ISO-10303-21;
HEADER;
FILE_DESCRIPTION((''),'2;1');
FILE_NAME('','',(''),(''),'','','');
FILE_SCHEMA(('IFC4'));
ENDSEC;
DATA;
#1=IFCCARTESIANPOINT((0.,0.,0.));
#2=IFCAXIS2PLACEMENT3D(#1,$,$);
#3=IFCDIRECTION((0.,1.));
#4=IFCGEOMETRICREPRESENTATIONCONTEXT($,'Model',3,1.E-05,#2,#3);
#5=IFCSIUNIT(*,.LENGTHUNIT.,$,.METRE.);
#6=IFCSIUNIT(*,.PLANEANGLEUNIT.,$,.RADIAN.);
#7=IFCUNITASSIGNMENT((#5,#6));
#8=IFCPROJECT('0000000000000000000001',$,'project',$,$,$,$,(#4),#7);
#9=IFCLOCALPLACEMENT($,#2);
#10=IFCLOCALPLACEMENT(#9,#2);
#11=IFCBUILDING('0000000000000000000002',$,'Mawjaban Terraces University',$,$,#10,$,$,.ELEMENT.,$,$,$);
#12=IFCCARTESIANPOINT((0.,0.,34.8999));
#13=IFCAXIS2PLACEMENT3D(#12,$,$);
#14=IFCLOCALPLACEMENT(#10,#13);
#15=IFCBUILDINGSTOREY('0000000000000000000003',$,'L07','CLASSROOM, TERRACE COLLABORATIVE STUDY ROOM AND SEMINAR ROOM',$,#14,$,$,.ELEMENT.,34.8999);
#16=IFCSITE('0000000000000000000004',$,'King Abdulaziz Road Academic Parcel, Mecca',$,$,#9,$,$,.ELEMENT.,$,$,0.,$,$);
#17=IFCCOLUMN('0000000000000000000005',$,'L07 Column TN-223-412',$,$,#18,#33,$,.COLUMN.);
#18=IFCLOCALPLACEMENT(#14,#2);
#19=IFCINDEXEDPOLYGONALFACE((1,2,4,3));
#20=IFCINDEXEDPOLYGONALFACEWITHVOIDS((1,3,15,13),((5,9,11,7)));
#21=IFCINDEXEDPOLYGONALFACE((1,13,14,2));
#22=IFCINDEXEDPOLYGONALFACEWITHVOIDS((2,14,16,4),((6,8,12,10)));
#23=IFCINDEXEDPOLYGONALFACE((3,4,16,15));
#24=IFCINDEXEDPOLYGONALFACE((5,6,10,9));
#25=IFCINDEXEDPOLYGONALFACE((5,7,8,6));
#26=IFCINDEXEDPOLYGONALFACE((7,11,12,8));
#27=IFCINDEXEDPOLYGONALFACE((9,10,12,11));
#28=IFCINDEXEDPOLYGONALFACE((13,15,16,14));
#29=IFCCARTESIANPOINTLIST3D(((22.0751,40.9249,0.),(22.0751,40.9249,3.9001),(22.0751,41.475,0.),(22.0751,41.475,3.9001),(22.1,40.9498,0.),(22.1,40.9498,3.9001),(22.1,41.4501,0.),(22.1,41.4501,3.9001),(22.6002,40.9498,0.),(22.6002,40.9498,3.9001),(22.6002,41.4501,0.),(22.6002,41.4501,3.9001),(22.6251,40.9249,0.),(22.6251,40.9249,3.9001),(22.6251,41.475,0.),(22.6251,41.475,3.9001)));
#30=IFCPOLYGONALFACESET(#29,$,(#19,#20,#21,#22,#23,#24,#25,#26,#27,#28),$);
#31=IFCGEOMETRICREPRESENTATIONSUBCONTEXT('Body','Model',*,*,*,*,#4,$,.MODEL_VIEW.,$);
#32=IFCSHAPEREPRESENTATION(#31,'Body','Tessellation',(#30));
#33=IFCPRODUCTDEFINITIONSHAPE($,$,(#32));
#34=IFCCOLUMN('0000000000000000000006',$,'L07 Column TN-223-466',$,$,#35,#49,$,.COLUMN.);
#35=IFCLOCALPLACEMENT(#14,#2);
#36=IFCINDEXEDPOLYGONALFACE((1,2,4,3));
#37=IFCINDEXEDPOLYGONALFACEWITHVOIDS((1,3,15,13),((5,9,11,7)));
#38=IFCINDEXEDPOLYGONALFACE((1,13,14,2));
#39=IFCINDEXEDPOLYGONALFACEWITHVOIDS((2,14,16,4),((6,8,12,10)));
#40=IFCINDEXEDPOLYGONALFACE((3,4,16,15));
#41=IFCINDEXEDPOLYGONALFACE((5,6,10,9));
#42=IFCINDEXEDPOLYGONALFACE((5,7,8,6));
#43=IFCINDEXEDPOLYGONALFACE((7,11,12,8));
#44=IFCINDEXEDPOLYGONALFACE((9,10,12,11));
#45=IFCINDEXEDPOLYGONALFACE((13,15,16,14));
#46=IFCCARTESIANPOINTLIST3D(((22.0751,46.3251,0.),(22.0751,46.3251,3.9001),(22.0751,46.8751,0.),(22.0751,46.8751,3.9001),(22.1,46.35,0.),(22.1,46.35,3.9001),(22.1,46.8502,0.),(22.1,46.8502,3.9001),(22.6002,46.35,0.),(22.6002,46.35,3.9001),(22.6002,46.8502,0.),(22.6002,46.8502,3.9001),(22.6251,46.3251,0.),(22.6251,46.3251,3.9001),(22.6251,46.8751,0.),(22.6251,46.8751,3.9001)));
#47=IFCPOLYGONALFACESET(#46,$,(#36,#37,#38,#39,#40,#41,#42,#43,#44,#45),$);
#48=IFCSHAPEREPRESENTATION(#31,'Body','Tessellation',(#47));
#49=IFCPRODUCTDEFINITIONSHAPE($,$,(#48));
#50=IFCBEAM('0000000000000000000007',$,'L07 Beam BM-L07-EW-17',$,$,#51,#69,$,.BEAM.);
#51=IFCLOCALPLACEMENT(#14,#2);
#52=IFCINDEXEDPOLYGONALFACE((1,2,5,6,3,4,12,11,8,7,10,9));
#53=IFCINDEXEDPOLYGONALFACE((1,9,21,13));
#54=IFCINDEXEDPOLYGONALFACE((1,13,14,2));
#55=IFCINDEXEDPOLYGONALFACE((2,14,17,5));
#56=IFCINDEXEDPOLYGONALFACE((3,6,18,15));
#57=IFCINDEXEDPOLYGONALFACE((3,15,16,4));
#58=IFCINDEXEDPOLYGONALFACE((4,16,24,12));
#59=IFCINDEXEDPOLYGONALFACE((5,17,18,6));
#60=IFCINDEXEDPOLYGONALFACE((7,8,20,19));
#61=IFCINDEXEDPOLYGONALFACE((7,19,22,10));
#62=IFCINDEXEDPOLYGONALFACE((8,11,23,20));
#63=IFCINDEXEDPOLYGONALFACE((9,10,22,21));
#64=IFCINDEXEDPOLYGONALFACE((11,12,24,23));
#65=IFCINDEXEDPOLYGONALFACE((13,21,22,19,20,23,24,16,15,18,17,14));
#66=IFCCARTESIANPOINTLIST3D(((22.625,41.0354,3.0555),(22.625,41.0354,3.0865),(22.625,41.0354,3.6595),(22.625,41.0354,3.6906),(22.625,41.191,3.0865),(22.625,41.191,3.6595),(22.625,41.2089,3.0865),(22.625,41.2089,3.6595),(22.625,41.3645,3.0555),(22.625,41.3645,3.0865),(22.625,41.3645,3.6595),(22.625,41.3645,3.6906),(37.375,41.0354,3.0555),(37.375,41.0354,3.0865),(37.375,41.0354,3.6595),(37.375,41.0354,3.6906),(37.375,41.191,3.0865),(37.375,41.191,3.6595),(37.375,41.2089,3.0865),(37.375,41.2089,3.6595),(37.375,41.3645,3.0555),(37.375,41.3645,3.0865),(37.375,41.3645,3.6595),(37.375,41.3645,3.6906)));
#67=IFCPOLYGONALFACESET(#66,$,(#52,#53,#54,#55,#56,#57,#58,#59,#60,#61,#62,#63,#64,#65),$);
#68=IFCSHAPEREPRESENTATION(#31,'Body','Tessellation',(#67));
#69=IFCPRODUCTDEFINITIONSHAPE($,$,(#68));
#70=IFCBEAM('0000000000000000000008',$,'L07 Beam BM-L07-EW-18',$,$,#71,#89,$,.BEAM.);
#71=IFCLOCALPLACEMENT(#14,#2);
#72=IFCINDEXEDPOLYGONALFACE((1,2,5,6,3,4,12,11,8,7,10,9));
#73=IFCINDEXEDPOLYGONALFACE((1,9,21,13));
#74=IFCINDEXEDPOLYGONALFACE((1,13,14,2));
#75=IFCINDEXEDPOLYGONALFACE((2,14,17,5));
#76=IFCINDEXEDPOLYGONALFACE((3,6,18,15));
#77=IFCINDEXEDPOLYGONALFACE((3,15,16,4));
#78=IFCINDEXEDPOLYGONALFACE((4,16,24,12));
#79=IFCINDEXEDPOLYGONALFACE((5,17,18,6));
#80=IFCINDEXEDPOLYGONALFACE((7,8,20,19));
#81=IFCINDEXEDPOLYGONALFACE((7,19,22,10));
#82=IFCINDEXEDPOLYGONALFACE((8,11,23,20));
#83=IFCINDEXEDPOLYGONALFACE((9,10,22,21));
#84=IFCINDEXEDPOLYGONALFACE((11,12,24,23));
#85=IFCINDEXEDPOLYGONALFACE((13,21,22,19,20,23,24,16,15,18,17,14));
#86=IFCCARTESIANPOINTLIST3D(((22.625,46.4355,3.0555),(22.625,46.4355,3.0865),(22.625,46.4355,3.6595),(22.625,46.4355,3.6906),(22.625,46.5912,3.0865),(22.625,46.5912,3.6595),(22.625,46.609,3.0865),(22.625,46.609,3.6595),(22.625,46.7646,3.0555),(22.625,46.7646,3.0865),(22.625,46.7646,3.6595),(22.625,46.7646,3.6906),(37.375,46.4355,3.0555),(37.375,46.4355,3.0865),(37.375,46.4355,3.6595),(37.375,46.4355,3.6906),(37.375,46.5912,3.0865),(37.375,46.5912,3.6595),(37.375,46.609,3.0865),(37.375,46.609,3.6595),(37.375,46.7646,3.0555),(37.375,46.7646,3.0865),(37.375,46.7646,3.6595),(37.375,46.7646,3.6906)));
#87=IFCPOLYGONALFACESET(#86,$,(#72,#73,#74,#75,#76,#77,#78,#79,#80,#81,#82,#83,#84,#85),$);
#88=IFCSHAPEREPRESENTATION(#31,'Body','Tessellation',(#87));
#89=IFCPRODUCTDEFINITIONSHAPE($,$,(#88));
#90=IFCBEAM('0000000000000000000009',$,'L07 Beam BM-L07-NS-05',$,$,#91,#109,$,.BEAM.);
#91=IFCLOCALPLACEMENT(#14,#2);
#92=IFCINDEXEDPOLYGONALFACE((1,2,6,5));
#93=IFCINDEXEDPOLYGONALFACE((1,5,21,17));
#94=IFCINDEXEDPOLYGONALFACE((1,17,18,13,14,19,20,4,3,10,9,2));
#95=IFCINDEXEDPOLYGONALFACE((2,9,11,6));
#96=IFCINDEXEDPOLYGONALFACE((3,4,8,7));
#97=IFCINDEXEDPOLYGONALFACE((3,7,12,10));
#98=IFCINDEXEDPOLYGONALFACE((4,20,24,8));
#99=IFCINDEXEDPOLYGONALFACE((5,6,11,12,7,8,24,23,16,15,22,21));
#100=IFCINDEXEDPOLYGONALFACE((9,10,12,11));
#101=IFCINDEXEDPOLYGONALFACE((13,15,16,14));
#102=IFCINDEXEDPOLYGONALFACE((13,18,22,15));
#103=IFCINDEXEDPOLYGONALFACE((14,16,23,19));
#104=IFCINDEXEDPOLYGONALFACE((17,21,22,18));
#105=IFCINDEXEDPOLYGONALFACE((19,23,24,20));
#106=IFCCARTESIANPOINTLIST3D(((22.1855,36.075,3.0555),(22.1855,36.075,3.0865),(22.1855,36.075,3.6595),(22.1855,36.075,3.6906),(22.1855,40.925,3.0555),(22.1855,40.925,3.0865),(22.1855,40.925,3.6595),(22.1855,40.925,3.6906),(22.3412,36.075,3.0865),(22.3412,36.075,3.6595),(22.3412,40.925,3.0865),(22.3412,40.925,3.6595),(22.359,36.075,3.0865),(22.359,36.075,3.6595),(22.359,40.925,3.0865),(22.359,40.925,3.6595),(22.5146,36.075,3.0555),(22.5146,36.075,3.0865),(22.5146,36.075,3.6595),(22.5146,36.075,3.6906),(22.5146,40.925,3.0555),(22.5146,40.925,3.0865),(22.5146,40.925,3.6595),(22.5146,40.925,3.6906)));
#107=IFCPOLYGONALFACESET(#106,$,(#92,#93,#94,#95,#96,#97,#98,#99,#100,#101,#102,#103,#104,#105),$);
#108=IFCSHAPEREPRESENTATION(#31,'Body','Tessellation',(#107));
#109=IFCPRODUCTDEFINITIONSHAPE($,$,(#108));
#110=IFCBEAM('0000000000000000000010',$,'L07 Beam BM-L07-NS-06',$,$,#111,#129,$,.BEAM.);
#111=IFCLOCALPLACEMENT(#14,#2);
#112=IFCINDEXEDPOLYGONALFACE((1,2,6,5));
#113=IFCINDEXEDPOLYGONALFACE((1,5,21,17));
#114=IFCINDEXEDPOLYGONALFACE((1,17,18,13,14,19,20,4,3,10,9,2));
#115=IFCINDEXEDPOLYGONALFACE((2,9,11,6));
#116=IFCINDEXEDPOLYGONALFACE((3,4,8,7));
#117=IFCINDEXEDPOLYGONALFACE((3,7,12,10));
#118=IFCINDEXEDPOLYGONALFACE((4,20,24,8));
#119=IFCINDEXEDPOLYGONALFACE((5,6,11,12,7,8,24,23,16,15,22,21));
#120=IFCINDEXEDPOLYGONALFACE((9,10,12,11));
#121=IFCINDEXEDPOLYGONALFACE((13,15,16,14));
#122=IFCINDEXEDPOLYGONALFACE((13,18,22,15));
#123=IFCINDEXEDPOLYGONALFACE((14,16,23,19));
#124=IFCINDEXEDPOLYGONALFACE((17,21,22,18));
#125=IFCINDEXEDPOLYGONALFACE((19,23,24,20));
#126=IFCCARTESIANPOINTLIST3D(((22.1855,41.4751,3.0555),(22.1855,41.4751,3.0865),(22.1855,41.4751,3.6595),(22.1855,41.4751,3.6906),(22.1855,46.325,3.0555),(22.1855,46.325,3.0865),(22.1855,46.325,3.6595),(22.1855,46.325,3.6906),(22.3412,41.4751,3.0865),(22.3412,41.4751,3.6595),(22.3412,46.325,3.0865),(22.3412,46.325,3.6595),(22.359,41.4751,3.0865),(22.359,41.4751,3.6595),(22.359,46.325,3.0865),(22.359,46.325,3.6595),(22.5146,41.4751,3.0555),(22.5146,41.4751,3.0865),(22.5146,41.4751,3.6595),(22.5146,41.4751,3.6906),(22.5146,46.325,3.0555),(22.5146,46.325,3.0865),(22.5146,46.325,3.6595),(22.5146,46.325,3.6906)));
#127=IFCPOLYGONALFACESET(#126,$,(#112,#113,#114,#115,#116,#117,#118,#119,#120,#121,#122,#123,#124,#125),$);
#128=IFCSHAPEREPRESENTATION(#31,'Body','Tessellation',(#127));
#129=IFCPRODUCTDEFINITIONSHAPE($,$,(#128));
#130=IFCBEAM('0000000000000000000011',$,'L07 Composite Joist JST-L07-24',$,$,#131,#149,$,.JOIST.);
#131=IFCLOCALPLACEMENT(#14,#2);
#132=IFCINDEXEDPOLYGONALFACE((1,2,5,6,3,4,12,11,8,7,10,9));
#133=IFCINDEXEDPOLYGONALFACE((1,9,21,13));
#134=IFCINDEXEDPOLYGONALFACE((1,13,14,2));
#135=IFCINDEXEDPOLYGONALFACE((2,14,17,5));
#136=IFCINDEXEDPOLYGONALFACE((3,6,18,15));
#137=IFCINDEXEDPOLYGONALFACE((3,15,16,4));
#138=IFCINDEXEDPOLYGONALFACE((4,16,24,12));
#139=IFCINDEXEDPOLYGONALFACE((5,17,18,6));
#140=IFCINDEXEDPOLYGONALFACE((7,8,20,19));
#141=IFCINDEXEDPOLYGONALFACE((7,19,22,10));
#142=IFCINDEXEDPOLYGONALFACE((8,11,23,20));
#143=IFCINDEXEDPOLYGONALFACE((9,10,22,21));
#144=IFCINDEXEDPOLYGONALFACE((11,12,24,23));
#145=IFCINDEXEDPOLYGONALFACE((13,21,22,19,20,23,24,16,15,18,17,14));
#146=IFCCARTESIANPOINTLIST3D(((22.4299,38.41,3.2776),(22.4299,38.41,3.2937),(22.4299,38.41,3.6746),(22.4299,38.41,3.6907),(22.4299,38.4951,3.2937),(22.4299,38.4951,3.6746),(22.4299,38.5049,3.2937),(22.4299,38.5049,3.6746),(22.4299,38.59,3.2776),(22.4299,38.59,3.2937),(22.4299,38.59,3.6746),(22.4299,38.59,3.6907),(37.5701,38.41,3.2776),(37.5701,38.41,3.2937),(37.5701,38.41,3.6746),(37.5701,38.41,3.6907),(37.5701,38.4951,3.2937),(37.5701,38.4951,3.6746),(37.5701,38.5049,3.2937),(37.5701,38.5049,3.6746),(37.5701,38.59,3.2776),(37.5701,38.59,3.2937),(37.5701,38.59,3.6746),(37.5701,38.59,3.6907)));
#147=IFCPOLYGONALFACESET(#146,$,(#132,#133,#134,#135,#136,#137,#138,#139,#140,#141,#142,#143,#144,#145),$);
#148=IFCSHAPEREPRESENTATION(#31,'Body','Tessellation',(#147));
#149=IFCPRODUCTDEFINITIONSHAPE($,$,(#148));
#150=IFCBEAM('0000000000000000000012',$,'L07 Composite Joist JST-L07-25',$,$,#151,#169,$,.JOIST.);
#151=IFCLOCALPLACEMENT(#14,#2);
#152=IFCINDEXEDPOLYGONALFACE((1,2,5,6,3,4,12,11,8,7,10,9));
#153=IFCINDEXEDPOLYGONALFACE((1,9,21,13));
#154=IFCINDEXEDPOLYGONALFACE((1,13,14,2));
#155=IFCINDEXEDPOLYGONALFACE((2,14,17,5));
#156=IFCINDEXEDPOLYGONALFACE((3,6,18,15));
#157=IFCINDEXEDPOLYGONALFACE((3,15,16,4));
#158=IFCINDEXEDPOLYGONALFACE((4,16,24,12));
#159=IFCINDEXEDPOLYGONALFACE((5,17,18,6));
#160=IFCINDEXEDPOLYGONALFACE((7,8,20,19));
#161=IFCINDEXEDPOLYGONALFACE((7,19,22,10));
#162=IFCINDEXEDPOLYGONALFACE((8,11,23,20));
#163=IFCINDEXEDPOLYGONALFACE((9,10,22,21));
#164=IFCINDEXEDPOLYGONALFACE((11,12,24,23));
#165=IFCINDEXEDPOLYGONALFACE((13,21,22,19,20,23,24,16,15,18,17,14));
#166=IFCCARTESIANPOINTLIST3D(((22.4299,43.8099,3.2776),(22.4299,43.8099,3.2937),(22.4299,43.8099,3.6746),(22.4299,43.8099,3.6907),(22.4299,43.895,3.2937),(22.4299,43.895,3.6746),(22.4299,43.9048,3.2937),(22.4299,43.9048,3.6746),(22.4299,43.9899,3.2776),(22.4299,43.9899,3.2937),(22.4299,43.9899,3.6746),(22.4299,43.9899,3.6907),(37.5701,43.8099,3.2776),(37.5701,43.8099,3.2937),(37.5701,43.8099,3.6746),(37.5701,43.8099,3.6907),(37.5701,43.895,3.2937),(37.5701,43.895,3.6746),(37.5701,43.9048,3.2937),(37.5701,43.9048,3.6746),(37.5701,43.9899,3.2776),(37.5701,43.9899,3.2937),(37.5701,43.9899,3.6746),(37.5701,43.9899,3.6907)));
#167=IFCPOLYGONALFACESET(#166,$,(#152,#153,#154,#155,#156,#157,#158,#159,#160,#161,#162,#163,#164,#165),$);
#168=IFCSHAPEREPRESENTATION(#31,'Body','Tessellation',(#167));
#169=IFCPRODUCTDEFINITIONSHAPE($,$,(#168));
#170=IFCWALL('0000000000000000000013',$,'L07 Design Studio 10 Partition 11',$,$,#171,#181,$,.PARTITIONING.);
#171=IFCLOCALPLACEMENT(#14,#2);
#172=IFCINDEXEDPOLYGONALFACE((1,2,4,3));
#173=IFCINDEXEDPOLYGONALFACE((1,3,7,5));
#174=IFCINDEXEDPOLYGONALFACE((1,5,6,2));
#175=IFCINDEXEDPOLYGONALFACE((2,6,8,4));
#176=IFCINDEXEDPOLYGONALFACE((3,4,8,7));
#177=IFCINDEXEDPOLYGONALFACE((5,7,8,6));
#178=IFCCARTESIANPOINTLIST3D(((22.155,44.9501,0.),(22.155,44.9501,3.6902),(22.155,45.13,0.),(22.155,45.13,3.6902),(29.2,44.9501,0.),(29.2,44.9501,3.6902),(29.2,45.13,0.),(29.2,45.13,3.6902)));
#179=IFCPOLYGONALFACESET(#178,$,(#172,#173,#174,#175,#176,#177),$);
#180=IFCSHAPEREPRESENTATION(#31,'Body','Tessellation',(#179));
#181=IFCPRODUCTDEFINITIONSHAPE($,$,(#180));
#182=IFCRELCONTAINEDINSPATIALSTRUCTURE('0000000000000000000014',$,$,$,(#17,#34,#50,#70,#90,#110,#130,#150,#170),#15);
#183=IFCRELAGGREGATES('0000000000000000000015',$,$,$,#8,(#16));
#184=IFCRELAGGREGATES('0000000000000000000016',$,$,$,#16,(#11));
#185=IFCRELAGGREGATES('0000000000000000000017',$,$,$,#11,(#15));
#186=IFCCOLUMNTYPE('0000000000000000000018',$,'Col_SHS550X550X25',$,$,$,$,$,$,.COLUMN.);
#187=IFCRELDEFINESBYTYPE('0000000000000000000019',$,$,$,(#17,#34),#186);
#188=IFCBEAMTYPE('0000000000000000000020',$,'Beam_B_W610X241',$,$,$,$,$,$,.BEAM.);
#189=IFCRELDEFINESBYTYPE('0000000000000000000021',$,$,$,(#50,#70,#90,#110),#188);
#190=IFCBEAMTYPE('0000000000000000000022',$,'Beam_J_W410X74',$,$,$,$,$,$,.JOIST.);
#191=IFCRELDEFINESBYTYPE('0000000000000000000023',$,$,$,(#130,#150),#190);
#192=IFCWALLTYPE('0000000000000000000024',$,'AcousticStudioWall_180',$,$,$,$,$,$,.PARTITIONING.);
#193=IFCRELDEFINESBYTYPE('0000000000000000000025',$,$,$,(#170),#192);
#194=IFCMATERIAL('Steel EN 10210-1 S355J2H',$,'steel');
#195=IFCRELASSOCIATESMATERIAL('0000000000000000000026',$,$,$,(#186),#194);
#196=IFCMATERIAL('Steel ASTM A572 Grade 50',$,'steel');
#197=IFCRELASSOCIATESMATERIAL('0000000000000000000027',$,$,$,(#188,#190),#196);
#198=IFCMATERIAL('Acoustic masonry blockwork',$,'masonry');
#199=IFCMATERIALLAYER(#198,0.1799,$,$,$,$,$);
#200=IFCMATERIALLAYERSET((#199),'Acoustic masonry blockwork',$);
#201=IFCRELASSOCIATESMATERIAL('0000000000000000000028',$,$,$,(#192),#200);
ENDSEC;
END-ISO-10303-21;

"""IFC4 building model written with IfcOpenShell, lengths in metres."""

from ifc_helpers import new_model, si_unit, direction, frame, frame_2d, origin, origin_2d, place, context, subcontext, project, spatial, rectangle, hollow_rectangle, i_section, extrude, material, layer, layer_set, material_profile, profile_set, type_object, element, save


model = new_model("IFC4")

# Units and contexts
model_context = context("Model", 3, precision=1e-05, world=origin(), true_north=direction((0.0, 1.0)))
body_context = subcontext(model_context, "Body", "Model", "MODEL_VIEW")
ifc_project = project(units=[si_unit("LENGTHUNIT", "METRE"), si_unit("PLANEANGLEUNIT", "RADIAN")], contexts=[model_context])

# Site, building, storey
site_placement = place(None, origin())
site = spatial("IfcSite", under=ifc_project, at=site_placement, Name="King Abdulaziz Road Academic Parcel, Mecca", CompositionType="ELEMENT", RefElevation=0.0)
building_placement = place(site_placement, origin())
building = spatial("IfcBuilding", under=site, at=building_placement, Name="Mawjaban Terraces University", CompositionType="ELEMENT")
storey_placement = place(building_placement, frame((0.0, 0.0, 34.8999)))
storey = spatial("IfcBuildingStorey", under=building, at=storey_placement, Name="L07", Description="CLASSROOM, TERRACE COLLABORATIVE STUDY ROOM AND SEMINAR ROOM", CompositionType="ELEMENT", Elevation=34.8999)

# Columns
ifc_material_1 = material(Name="Steel EN 10210-1 S355J2H", Category="steel")
ifc_material_profile_1 = material_profile(ifc_material_1, hollow_rectangle(XDim=0.55, YDim=0.55, WallThickness=0.0249, at=origin_2d()), Name="SHS550X550X25")
ifc_profile_set_1 = profile_set([ifc_material_profile_1], Name="Steel EN 10210-1 S355J2H")
column_type = type_object("IfcColumnType", Name="Col_SHS550X550X25", PredefinedType="COLUMN", material=ifc_profile_set_1)
for number, where, z_axis, x_axis, name in (
    (1, (22.3501, 41.2, 0.0), (0.0, 0.0, 1.0), (1.0, 0.0, 0.0), "L07 Column TN-223-412"),
    (2, (22.3501, 46.6001, 0.0), (0.0, 0.0, 1.0), (1.0, 0.0, 0.0), "L07 Column TN-223-466"),
):
    element("IfcColumn", number, at=place(storey_placement, frame(where, z_axis=z_axis, x_axis=x_axis)), inside=storey, type_object=column_type, Name=name, PredefinedType="COLUMN", context=body_context, shape_type="SweptSolid", body=[
        extrude(hollow_rectangle(XDim=0.55, YDim=0.55, WallThickness=0.0249, at=origin_2d()), origin(), (0.0, 0.0, 1.0), 3.9001),
    ])

# Beams
ifc_material_2 = material(Name="Steel ASTM A572 Grade 50", Category="steel")
ifc_material_profile_2 = material_profile(ifc_material_2, i_section(OverallWidth=0.3291, OverallDepth=0.635, WebThickness=0.0178, FlangeThickness=0.031, at=origin_2d()), Name="W610X241")
ifc_profile_set_2 = profile_set([ifc_material_profile_2], Name="Steel ASTM A572 Grade 50")
beam_type_1 = type_object("IfcBeamType", Name="Beam_B_W610X241", PredefinedType="BEAM", material=ifc_profile_set_2)
for number, where, z_axis, x_axis, name in (
    (3, (22.625, 41.2, 3.373), (1.0, 0.0, 0.0), (0.0, 1.0, 0.0), "L07 Beam BM-L07-EW-17"),
    (4, (22.625, 46.6001, 3.373), (1.0, 0.0, 0.0), (0.0, 1.0, 0.0), "L07 Beam BM-L07-EW-18"),
):
    element("IfcBeam", number, at=place(storey_placement, frame(where, z_axis=z_axis, x_axis=x_axis)), inside=storey, type_object=beam_type_1, Name=name, PredefinedType="BEAM", context=body_context, shape_type="SweptSolid", body=[
        extrude(i_section(OverallWidth=0.3291, OverallDepth=0.635, WebThickness=0.0178, FlangeThickness=0.031, at=origin_2d()), origin(), (0.0, 0.0, 1.0), 14.75),
    ])
beam_1_placement = place(storey_placement, frame((22.3501, 36.075, 3.373), z_axis=(0.0, 1.0, 0.0), x_axis=(-1.0, 0.0, 0.0)))
element("IfcBeam", 5, at=beam_1_placement, inside=storey, type_object=beam_type_1, Name="L07 Beam BM-L07-NS-05", PredefinedType="BEAM", context=body_context, shape_type="SweptSolid", body=[
    extrude(i_section(OverallWidth=0.3291, OverallDepth=0.635, WebThickness=0.0178, FlangeThickness=0.031, at=origin_2d()), origin(), (0.0, 0.0, 1.0), 4.8501),
])
beam_2_placement = place(storey_placement, frame((22.3501, 41.4751, 3.373), z_axis=(0.0, 1.0, 0.0), x_axis=(-1.0, 0.0, 0.0)))
element("IfcBeam", 6, at=beam_2_placement, inside=storey, type_object=beam_type_1, Name="L07 Beam BM-L07-NS-06", PredefinedType="BEAM", context=body_context, shape_type="SweptSolid", body=[
    extrude(i_section(OverallWidth=0.3291, OverallDepth=0.635, WebThickness=0.0178, FlangeThickness=0.031, at=origin_2d()), origin(), (0.0, 0.0, 1.0), 4.8499),
])
ifc_material_profile_3 = material_profile(ifc_material_2, i_section(OverallWidth=0.1799, OverallDepth=0.4131, WebThickness=0.0098, FlangeThickness=0.0161, at=origin_2d()), Name="W410X74")
ifc_profile_set_3 = profile_set([ifc_material_profile_3], Name="Steel ASTM A572 Grade 50")
beam_type_2 = type_object("IfcBeamType", Name="Beam_J_W410X74", PredefinedType="JOIST", material=ifc_profile_set_3)
for number, where, z_axis, x_axis, name in (
    (7, (22.4299, 38.5, 3.4841), (1.0, 0.0, 0.0), (0.0, 1.0, 0.0), "L07 Composite Joist JST-L07-24"),
    (8, (22.4299, 43.8999, 3.4841), (1.0, 0.0, 0.0), (0.0, 1.0, 0.0), "L07 Composite Joist JST-L07-25"),
):
    element("IfcBeam", number, at=place(storey_placement, frame(where, z_axis=z_axis, x_axis=x_axis)), inside=storey, type_object=beam_type_2, Name=name, PredefinedType="JOIST", context=body_context, shape_type="SweptSolid", body=[
        extrude(i_section(OverallWidth=0.1799, OverallDepth=0.4131, WebThickness=0.0098, FlangeThickness=0.0161, at=origin_2d()), origin(), (0.0, 0.0, 1.0), 15.1401),
    ])

# Wall
ifc_material_3 = material(Name="Acoustic masonry blockwork", Category="masonry")
ifc_layer_1 = layer(ifc_material_3, 0.1799)
ifc_layer_set_1 = layer_set([ifc_layer_1], Name="Acoustic masonry blockwork")
wall_type_1 = type_object("IfcWallType", Name="AcousticStudioWall_180", PredefinedType="PARTITIONING", material=ifc_layer_set_1)
wall_1_placement = place(storey_placement, frame((29.2, 45.04, 0.0), z_axis=(0.0, 0.0, 1.0), x_axis=(-1.0, 0.0, 0.0)))
element("IfcWall", 9, at=wall_1_placement, inside=storey, type_object=wall_type_1, Name="L07 Design Studio 10 Partition 11", PredefinedType="PARTITIONING", context=body_context, shape_type="SweptSolid", body=[
    extrude(rectangle(XDim=7.0449, YDim=0.1799, at=frame_2d((3.5225, 0.0))), origin(), (0.0, 0.0, 1.0), 3.6902),
])

save(model, "model.ifc")
